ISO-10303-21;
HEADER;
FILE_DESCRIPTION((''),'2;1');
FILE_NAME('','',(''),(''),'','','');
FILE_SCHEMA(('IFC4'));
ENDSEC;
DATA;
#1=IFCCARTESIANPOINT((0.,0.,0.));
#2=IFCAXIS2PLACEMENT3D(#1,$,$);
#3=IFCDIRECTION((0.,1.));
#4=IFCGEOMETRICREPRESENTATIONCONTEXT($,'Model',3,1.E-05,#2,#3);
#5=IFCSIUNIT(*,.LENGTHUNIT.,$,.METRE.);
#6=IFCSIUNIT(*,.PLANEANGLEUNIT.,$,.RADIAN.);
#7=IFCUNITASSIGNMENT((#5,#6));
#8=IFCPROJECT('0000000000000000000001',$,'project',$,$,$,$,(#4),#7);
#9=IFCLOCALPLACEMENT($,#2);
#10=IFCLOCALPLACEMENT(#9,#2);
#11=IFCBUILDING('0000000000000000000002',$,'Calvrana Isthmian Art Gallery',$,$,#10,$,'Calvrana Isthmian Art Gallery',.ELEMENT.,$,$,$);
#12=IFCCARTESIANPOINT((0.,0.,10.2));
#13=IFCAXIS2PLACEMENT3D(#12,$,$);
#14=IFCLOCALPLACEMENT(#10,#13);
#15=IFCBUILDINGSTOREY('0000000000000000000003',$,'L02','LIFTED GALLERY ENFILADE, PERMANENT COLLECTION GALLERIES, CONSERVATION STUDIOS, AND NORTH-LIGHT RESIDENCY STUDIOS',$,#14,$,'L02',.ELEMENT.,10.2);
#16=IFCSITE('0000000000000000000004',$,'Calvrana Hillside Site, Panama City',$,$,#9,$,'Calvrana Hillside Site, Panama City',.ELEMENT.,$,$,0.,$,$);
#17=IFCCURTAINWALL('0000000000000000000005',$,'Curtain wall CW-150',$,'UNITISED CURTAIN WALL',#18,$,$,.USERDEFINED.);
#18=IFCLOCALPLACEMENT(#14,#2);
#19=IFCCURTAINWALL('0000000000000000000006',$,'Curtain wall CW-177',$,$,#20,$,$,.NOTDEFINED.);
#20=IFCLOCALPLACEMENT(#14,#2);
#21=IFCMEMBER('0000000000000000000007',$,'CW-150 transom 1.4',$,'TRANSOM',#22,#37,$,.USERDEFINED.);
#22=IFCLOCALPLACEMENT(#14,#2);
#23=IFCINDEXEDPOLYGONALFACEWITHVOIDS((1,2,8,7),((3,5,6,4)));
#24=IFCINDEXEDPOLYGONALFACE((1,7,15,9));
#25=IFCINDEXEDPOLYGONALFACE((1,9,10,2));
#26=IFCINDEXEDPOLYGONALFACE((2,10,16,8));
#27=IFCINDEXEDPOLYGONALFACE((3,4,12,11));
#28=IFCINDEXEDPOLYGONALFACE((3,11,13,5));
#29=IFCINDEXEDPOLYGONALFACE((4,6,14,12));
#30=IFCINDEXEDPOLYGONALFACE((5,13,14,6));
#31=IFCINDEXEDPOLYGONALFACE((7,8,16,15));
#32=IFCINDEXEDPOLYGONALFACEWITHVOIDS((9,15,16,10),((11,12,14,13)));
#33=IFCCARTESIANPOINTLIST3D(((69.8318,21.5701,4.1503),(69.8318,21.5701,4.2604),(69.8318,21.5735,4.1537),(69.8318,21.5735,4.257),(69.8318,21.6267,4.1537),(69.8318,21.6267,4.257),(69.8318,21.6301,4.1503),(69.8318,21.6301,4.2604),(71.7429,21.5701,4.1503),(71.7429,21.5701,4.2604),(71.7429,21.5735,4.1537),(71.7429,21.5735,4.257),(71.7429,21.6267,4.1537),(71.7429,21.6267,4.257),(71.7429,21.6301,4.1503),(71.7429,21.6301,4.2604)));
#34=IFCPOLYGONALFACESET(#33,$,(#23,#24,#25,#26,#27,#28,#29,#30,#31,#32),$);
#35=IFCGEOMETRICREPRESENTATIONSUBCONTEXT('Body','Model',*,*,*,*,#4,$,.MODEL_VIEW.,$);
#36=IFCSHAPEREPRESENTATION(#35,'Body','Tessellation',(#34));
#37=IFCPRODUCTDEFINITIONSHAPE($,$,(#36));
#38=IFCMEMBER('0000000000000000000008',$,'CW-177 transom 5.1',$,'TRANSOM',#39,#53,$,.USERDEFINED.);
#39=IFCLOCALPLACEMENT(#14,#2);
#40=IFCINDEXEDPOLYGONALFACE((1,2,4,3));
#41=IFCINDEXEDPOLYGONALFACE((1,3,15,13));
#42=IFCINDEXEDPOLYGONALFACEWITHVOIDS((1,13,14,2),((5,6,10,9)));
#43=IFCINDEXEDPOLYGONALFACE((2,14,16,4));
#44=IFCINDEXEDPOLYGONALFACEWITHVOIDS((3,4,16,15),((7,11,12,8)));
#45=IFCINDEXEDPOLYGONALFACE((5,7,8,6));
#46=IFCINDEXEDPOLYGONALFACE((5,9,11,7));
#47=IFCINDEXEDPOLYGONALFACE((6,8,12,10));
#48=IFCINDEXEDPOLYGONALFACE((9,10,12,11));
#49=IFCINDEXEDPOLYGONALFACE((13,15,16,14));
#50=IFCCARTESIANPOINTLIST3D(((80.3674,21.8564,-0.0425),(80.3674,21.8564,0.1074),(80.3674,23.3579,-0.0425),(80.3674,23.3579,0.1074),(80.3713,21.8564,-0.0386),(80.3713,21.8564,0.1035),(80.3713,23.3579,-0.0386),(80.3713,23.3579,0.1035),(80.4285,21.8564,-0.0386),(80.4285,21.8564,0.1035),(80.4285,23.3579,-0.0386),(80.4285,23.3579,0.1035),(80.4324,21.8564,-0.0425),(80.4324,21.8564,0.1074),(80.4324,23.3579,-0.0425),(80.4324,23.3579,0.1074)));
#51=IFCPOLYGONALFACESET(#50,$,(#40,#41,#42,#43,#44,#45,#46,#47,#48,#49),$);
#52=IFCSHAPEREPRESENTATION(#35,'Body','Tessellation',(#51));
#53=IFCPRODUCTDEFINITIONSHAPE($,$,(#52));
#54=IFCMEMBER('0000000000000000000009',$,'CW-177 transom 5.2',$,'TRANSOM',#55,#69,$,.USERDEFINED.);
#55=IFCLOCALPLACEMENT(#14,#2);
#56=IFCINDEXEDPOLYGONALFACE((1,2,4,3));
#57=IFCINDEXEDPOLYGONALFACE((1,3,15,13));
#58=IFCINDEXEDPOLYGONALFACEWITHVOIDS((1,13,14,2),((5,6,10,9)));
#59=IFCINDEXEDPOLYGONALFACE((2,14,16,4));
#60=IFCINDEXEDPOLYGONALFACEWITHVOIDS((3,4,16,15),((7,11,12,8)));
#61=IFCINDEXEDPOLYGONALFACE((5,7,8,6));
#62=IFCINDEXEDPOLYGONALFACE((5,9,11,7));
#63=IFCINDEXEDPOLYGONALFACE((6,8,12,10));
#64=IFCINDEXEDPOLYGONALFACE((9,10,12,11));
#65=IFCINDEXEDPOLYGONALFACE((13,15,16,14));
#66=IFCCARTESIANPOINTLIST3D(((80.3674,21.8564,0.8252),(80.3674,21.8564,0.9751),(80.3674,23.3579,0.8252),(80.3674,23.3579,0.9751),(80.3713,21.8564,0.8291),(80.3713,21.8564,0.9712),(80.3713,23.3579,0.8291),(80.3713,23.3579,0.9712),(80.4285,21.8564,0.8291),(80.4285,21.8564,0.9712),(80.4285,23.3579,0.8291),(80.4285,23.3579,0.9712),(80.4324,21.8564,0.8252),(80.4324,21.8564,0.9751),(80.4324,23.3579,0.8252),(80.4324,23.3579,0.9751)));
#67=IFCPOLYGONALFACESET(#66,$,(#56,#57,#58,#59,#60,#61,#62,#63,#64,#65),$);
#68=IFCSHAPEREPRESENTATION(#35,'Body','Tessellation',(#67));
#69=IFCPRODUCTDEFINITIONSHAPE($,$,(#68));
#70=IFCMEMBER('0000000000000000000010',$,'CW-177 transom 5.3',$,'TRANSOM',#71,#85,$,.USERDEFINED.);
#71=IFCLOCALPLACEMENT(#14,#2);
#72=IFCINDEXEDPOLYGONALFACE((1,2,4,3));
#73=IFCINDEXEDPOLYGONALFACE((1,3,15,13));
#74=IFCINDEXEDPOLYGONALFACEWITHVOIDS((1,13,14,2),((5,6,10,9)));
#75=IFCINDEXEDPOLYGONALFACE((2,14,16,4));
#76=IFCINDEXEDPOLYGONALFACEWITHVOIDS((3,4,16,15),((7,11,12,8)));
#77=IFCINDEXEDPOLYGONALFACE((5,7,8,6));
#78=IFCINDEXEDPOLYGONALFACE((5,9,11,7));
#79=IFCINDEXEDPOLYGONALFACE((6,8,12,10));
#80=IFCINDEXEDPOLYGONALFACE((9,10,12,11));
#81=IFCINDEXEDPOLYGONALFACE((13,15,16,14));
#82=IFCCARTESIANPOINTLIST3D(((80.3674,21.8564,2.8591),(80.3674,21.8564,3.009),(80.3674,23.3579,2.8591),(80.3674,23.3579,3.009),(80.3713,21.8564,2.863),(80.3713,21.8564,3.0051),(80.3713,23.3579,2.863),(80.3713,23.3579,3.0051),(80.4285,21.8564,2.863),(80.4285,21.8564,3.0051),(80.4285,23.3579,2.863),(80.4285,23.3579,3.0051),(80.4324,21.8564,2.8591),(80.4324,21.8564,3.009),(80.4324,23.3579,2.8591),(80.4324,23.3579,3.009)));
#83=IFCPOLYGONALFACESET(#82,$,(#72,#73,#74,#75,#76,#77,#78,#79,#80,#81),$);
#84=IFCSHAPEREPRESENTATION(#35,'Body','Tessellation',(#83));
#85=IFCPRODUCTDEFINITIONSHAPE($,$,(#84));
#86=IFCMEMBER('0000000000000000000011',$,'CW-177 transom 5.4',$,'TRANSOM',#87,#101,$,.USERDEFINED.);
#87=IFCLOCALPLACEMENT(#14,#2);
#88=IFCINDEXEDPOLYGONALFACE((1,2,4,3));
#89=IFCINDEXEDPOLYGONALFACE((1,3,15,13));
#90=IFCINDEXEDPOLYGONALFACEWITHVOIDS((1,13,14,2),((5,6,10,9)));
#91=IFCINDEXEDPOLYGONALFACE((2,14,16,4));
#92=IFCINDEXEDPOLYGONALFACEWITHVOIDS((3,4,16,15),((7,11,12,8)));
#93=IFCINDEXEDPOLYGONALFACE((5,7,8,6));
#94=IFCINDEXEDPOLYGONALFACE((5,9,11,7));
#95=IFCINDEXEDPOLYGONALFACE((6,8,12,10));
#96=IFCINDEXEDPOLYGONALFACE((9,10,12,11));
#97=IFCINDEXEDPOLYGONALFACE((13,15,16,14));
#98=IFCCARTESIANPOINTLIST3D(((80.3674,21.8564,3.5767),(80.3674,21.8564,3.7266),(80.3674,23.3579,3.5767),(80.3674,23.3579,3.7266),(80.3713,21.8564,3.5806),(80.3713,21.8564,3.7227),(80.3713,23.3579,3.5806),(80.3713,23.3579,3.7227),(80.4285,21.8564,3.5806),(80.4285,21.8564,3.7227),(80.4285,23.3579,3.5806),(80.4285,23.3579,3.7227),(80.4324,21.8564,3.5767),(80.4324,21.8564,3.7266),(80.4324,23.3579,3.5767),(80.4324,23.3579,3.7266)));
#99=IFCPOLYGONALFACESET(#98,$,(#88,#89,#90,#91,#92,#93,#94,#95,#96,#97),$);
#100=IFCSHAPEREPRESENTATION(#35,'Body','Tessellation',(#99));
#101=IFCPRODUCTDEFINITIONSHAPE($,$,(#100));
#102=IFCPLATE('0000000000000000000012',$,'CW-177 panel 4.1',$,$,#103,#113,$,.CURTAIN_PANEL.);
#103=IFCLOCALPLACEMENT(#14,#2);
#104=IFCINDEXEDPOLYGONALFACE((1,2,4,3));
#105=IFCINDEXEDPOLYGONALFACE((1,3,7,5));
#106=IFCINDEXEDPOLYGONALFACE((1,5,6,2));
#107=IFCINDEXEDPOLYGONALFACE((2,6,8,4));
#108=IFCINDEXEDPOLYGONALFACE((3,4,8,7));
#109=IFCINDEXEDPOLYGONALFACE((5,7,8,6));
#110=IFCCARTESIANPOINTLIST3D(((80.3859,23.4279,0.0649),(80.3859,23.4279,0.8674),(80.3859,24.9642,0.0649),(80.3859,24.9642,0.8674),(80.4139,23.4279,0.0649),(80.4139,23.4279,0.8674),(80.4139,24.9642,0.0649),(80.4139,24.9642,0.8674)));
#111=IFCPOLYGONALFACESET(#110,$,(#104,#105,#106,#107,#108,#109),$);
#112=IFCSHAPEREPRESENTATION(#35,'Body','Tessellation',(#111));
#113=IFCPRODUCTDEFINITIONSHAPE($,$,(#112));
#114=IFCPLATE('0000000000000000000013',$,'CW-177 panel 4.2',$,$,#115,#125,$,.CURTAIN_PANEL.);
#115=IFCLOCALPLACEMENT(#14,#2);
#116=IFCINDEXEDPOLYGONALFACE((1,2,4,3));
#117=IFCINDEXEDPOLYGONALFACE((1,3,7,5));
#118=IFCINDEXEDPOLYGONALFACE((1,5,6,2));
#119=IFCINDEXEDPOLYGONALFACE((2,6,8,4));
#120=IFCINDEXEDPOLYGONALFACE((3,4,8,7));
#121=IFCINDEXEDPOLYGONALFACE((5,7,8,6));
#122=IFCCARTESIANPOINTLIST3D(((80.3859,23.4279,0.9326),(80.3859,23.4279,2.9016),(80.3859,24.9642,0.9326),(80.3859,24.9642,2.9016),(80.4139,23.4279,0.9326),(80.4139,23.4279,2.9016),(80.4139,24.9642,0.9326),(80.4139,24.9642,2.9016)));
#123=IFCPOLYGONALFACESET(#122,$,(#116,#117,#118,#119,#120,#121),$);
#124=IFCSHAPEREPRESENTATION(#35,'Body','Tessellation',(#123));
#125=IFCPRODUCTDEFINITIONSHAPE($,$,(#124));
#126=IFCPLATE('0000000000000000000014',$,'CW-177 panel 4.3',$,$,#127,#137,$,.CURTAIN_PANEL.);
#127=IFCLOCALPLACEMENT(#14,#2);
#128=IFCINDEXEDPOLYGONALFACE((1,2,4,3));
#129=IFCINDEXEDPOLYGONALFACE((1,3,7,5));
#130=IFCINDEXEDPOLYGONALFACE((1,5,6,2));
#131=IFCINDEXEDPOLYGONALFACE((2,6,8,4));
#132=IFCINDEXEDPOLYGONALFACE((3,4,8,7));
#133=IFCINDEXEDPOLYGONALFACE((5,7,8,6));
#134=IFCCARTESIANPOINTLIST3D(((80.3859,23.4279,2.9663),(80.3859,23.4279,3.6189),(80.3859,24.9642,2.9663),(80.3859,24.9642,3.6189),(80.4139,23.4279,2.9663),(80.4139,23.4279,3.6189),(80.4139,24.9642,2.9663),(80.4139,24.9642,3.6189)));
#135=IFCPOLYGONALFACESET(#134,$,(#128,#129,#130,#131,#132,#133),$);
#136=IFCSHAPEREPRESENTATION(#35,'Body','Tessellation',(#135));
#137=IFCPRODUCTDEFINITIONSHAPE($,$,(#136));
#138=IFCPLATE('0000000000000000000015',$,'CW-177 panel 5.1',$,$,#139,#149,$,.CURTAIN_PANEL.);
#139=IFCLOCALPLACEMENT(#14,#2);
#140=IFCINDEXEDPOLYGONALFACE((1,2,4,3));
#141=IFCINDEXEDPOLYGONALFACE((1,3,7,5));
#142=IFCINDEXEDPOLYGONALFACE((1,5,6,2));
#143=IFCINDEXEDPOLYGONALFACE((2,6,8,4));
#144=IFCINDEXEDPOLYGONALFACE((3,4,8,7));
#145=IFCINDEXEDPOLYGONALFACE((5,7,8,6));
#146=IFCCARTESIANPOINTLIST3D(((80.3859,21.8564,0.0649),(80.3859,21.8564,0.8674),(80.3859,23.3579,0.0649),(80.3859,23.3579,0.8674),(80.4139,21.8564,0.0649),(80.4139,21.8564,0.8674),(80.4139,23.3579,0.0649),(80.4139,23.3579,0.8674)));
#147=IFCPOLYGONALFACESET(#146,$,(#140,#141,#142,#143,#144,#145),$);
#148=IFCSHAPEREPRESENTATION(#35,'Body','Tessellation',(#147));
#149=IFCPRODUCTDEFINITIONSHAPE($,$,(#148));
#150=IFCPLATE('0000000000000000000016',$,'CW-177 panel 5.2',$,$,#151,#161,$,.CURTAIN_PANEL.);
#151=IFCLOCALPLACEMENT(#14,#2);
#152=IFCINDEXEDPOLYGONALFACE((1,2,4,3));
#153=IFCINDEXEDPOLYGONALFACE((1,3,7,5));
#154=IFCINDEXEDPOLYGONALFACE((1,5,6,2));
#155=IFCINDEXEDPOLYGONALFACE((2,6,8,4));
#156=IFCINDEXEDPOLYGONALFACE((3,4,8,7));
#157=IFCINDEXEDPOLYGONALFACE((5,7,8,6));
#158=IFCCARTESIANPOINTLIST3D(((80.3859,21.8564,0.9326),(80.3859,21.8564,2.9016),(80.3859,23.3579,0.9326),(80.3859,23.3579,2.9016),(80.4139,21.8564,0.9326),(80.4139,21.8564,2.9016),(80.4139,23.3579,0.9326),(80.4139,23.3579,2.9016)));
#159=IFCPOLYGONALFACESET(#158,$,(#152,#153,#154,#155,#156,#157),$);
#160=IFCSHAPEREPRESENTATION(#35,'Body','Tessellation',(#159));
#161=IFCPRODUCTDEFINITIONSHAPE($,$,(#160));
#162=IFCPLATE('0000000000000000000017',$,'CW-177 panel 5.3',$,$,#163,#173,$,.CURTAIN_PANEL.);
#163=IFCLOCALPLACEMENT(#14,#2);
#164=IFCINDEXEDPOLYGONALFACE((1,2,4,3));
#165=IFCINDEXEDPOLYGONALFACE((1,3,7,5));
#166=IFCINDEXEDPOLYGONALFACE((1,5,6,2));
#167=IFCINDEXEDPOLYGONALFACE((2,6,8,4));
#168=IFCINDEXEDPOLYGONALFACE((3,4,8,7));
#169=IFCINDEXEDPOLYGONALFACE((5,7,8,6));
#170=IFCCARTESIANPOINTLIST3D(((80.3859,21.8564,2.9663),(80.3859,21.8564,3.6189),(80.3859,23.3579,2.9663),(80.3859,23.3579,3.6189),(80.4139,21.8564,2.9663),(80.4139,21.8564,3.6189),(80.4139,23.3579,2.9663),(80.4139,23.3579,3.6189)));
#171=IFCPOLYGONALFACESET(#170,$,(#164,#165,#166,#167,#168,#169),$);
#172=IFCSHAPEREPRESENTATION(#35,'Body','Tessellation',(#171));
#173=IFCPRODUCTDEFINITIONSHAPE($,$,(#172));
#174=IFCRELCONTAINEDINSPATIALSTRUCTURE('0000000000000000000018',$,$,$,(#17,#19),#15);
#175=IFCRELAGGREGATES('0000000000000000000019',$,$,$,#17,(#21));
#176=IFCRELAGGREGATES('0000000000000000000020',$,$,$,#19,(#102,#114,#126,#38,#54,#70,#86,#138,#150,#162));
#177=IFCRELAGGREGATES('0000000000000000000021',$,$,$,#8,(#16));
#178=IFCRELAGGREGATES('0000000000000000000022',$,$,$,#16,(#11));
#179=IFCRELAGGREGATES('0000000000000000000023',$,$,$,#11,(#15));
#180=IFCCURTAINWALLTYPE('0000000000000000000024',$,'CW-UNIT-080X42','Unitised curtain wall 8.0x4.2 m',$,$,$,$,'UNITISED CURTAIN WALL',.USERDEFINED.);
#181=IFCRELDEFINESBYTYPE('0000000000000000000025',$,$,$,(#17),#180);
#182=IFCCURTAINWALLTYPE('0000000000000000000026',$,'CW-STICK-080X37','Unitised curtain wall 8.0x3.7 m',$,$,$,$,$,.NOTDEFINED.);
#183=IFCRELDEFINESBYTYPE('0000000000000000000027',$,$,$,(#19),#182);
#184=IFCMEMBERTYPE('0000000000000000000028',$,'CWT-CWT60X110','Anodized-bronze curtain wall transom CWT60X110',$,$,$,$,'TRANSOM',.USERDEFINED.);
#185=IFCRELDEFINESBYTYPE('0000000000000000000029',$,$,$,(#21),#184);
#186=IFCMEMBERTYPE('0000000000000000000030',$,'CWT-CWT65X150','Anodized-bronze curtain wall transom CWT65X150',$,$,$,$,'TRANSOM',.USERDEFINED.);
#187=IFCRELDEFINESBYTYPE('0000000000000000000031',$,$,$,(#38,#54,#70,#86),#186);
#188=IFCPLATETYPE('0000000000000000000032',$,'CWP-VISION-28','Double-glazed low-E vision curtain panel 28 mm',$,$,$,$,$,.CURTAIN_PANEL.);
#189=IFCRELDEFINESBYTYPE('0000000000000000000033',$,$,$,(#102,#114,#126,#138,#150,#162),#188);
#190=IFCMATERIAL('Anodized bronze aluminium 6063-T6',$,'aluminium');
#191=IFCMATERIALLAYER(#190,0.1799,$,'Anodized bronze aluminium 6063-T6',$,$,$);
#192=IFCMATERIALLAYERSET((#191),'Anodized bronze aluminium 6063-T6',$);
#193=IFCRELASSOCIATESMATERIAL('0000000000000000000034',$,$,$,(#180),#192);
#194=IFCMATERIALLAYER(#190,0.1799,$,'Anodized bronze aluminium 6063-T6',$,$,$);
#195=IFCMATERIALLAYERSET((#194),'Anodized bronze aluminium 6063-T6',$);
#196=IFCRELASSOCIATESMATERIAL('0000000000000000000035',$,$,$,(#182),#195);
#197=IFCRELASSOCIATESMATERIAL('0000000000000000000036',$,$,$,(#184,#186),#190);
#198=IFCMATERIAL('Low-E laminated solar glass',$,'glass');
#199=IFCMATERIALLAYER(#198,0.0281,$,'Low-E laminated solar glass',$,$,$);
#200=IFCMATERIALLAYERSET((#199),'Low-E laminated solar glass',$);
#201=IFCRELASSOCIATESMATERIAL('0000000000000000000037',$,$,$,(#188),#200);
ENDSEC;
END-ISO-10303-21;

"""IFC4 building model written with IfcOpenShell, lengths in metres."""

from ifc_helpers import new_model, si_unit, direction, frame, origin, origin_2d, place, context, subcontext, project, spatial, rectangle, hollow_rectangle, extrude, material, layer, layer_set, material_profile, profile_set, type_object, element, aggregate, save


model = new_model("IFC4")

# Units and contexts
model_context = context("Model", 3, precision=1e-05, world=origin(), true_north=direction((0.0, 1.0)))
body_context = subcontext(model_context, "Body", "Model", "MODEL_VIEW")
ifc_project = project(units=[si_unit("LENGTHUNIT", "METRE"), si_unit("PLANEANGLEUNIT", "RADIAN")], contexts=[model_context])

# Site, building, storey
site_placement = place(None, origin())
site = spatial("IfcSite", under=ifc_project, at=site_placement, Name="Calvrana Hillside Site, Panama City", LongName="Calvrana Hillside Site, Panama City", CompositionType="ELEMENT", RefElevation=0.0)
building_placement = place(site_placement, origin())
building = spatial("IfcBuilding", under=site, at=building_placement, Name="Calvrana Isthmian Art Gallery", LongName="Calvrana Isthmian Art Gallery", CompositionType="ELEMENT")
storey_placement = place(building_placement, frame((0.0, 0.0, 10.2)))
storey = spatial("IfcBuildingStorey", under=building, at=storey_placement, Name="L02", Description="LIFTED GALLERY ENFILADE, PERMANENT COLLECTION GALLERIES, CONSERVATION STUDIOS, AND NORTH-LIGHT RESIDENCY STUDIOS", LongName="L02", CompositionType="ELEMENT", Elevation=10.2)

# Curtain wall
ifc_material_1 = material(Name="Anodized bronze aluminium 6063-T6", Category="aluminium")
ifc_layer_1 = layer(ifc_material_1, 0.1799, Name="Anodized bronze aluminium 6063-T6")
ifc_layer_set_1 = layer_set([ifc_layer_1], Name="Anodized bronze aluminium 6063-T6")
curtain_wall_type_1 = type_object("IfcCurtainWallType", Name="CW-UNIT-080X42", Description="Unitised curtain wall 8.0x4.2 m", ElementType="UNITISED CURTAIN WALL", PredefinedType="USERDEFINED", material=ifc_layer_set_1)
curtain_wall_1_placement = place(storey_placement, origin())
curtain_wall_1 = element("IfcCurtainWall", 1, at=curtain_wall_1_placement, inside=storey, type_object=curtain_wall_type_1, Name="Curtain wall CW-150", ObjectType="UNITISED CURTAIN WALL", PredefinedType="USERDEFINED")

# Curtain wall
ifc_layer_2 = layer(ifc_material_1, 0.1799, Name="Anodized bronze aluminium 6063-T6")
ifc_layer_set_2 = layer_set([ifc_layer_2], Name="Anodized bronze aluminium 6063-T6")
curtain_wall_type_2 = type_object("IfcCurtainWallType", Name="CW-STICK-080X37", Description="Unitised curtain wall 8.0x3.7 m", PredefinedType="NOTDEFINED", material=ifc_layer_set_2)
curtain_wall_2_placement = place(storey_placement, origin())
curtain_wall_2 = element("IfcCurtainWall", 2, at=curtain_wall_2_placement, inside=storey, type_object=curtain_wall_type_2, Name="Curtain wall CW-177", PredefinedType="NOTDEFINED")

# Members
ifc_material_profile_1 = material_profile(ifc_material_1, hollow_rectangle(XDim=0.0601, YDim=0.1101, WallThickness=0.0034, at=origin_2d()), Name="CWT60X110")
ifc_profile_set_1 = profile_set([ifc_material_profile_1], Name="Anodized bronze aluminium 6063-T6")
member_type_1 = type_object("IfcMemberType", Name="CWT-CWT60X110", Description="Anodized-bronze curtain wall transom CWT60X110", ElementType="TRANSOM", PredefinedType="USERDEFINED", material=ifc_profile_set_1)
member_1_placement = place(storey_placement, frame((71.7429, 21.6001, 4.2053), z_axis=(-1.0, 0.0, 0.0), x_axis=(0.0, -1.0, 0.0)))
member_1 = element("IfcMember", 3, at=member_1_placement, type_object=member_type_1, Name="CW-150 transom 1.4", ObjectType="TRANSOM", PredefinedType="USERDEFINED", context=body_context, shape_type="SweptSolid", body=[
    extrude(hollow_rectangle(XDim=0.0601, YDim=0.1101, WallThickness=0.0034, at=origin_2d()), origin(), (0.0, 0.0, 1.0), 1.9111),
])
aggregate(curtain_wall_1, [member_1])
ifc_material_profile_2 = material_profile(ifc_material_1, hollow_rectangle(XDim=0.0649, YDim=0.1499, WallThickness=0.0039, at=origin_2d()), Name="CWT65X150")
ifc_profile_set_2 = profile_set([ifc_material_profile_2], Name="Anodized bronze aluminium 6063-T6")
member_type_2 = type_object("IfcMemberType", Name="CWT-CWT65X150", Description="Anodized-bronze curtain wall transom CWT65X150", ElementType="TRANSOM", PredefinedType="USERDEFINED", material=ifc_profile_set_2)
member_2_placement = place(storey_placement, frame((80.3999, 23.3579, 0.0325), z_axis=(0.0, -1.0, 0.0), x_axis=(1.0, 0.0, 0.0)))
member_2 = element("IfcMember", 4, at=member_2_placement, type_object=member_type_2, Name="CW-177 transom 5.1", ObjectType="TRANSOM", PredefinedType="USERDEFINED", context=body_context, shape_type="SweptSolid", body=[
    extrude(hollow_rectangle(XDim=0.0649, YDim=0.1499, WallThickness=0.0039, at=origin_2d()), origin(), (0.0, 0.0, 1.0), 1.5015),
])
member_3_placement = place(storey_placement, frame((80.3999, 23.3579, 0.9001), z_axis=(0.0, -1.0, 0.0), x_axis=(1.0, 0.0, 0.0)))
member_3 = element("IfcMember", 5, at=member_3_placement, type_object=member_type_2, Name="CW-177 transom 5.2", ObjectType="TRANSOM", PredefinedType="USERDEFINED", context=body_context, shape_type="SweptSolid", body=[
    extrude(hollow_rectangle(XDim=0.0649, YDim=0.1499, WallThickness=0.0039, at=origin_2d()), origin(), (0.0, 0.0, 1.0), 1.5015),
])
member_4_placement = place(storey_placement, frame((80.3999, 23.3579, 2.9341), z_axis=(0.0, -1.0, 0.0), x_axis=(1.0, 0.0, 0.0)))
member_4 = element("IfcMember", 6, at=member_4_placement, type_object=member_type_2, Name="CW-177 transom 5.3", ObjectType="TRANSOM", PredefinedType="USERDEFINED", context=body_context, shape_type="SweptSolid", body=[
    extrude(hollow_rectangle(XDim=0.0649, YDim=0.1499, WallThickness=0.0039, at=origin_2d()), origin(), (0.0, 0.0, 1.0), 1.5015),
])
member_5_placement = place(storey_placement, frame((80.3999, 23.3579, 3.6516), z_axis=(0.0, -1.0, 0.0), x_axis=(1.0, 0.0, 0.0)))
member_5 = element("IfcMember", 7, at=member_5_placement, type_object=member_type_2, Name="CW-177 transom 5.4", ObjectType="TRANSOM", PredefinedType="USERDEFINED", context=body_context, shape_type="SweptSolid", body=[
    extrude(hollow_rectangle(XDim=0.0649, YDim=0.1499, WallThickness=0.0039, at=origin_2d()), origin(), (0.0, 0.0, 1.0), 1.5015),
])

# Plates
ifc_material_2 = material(Name="Low-E laminated solar glass", Category="glass")
ifc_layer_3 = layer(ifc_material_2, 0.0281, Name="Low-E laminated solar glass")
ifc_layer_set_3 = layer_set([ifc_layer_3], Name="Low-E laminated solar glass")
plate_type = type_object("IfcPlateType", Name="CWP-VISION-28", Description="Double-glazed low-E vision curtain panel 28 mm", PredefinedType="CURTAIN_PANEL", material=ifc_layer_set_3)
plate_1_placement = place(storey_placement, frame((80.3999, 24.196, 0.0649), z_axis=(0.0, 0.0, 1.0), x_axis=(0.0, -1.0, 0.0)))
plate_1 = element("IfcPlate", 8, at=plate_1_placement, type_object=plate_type, Name="CW-177 panel 4.1", PredefinedType="CURTAIN_PANEL", context=body_context, shape_type="SweptSolid", body=[
    extrude(rectangle(XDim=1.5364, YDim=0.0281, at=origin_2d()), origin(), (0.0, 0.0, 1.0), 0.8025),
])
plate_2_placement = place(storey_placement, frame((80.3999, 24.196, 0.9326), z_axis=(0.0, 0.0, 1.0), x_axis=(0.0, -1.0, 0.0)))
plate_2 = element("IfcPlate", 9, at=plate_2_placement, type_object=plate_type, Name="CW-177 panel 4.2", PredefinedType="CURTAIN_PANEL", context=body_context, shape_type="SweptSolid", body=[
    extrude(rectangle(XDim=1.5364, YDim=0.0281, at=origin_2d()), origin(), (0.0, 0.0, 1.0), 1.969),
])
plate_3_placement = place(storey_placement, frame((80.3999, 24.196, 2.9663), z_axis=(0.0, 0.0, 1.0), x_axis=(0.0, -1.0, 0.0)))
plate_3 = element("IfcPlate", 10, at=plate_3_placement, type_object=plate_type, Name="CW-177 panel 4.3", PredefinedType="CURTAIN_PANEL", context=body_context, shape_type="SweptSolid", body=[
    extrude(rectangle(XDim=1.5364, YDim=0.0281, at=origin_2d()), origin(), (0.0, 0.0, 1.0), 0.6526),
])
plate_4_placement = place(storey_placement, frame((80.3999, 22.6072, 0.0649), z_axis=(0.0, 0.0, 1.0), x_axis=(0.0, -1.0, 0.0)))
plate_4 = element("IfcPlate", 11, at=plate_4_placement, type_object=plate_type, Name="CW-177 panel 5.1", PredefinedType="CURTAIN_PANEL", context=body_context, shape_type="SweptSolid", body=[
    extrude(rectangle(XDim=1.5015, YDim=0.0281, at=origin_2d()), origin(), (0.0, 0.0, 1.0), 0.8025),
])
plate_5_placement = place(storey_placement, frame((80.3999, 22.6072, 0.9326), z_axis=(0.0, 0.0, 1.0), x_axis=(0.0, -1.0, 0.0)))
plate_5 = element("IfcPlate", 12, at=plate_5_placement, type_object=plate_type, Name="CW-177 panel 5.2", PredefinedType="CURTAIN_PANEL", context=body_context, shape_type="SweptSolid", body=[
    extrude(rectangle(XDim=1.5015, YDim=0.0281, at=origin_2d()), origin(), (0.0, 0.0, 1.0), 1.969),
])
plate_6_placement = place(storey_placement, frame((80.3999, 22.6072, 2.9663), z_axis=(0.0, 0.0, 1.0), x_axis=(0.0, -1.0, 0.0)))
plate_6 = element("IfcPlate", 13, at=plate_6_placement, type_object=plate_type, Name="CW-177 panel 5.3", PredefinedType="CURTAIN_PANEL", context=body_context, shape_type="SweptSolid", body=[
    extrude(rectangle(XDim=1.5015, YDim=0.0281, at=origin_2d()), origin(), (0.0, 0.0, 1.0), 0.6526),
])
aggregate(curtain_wall_2, [plate_1, plate_2, plate_3, member_2, member_3, member_4, member_5, plate_4, plate_5, plate_6])

save(model, "model.ifc")
